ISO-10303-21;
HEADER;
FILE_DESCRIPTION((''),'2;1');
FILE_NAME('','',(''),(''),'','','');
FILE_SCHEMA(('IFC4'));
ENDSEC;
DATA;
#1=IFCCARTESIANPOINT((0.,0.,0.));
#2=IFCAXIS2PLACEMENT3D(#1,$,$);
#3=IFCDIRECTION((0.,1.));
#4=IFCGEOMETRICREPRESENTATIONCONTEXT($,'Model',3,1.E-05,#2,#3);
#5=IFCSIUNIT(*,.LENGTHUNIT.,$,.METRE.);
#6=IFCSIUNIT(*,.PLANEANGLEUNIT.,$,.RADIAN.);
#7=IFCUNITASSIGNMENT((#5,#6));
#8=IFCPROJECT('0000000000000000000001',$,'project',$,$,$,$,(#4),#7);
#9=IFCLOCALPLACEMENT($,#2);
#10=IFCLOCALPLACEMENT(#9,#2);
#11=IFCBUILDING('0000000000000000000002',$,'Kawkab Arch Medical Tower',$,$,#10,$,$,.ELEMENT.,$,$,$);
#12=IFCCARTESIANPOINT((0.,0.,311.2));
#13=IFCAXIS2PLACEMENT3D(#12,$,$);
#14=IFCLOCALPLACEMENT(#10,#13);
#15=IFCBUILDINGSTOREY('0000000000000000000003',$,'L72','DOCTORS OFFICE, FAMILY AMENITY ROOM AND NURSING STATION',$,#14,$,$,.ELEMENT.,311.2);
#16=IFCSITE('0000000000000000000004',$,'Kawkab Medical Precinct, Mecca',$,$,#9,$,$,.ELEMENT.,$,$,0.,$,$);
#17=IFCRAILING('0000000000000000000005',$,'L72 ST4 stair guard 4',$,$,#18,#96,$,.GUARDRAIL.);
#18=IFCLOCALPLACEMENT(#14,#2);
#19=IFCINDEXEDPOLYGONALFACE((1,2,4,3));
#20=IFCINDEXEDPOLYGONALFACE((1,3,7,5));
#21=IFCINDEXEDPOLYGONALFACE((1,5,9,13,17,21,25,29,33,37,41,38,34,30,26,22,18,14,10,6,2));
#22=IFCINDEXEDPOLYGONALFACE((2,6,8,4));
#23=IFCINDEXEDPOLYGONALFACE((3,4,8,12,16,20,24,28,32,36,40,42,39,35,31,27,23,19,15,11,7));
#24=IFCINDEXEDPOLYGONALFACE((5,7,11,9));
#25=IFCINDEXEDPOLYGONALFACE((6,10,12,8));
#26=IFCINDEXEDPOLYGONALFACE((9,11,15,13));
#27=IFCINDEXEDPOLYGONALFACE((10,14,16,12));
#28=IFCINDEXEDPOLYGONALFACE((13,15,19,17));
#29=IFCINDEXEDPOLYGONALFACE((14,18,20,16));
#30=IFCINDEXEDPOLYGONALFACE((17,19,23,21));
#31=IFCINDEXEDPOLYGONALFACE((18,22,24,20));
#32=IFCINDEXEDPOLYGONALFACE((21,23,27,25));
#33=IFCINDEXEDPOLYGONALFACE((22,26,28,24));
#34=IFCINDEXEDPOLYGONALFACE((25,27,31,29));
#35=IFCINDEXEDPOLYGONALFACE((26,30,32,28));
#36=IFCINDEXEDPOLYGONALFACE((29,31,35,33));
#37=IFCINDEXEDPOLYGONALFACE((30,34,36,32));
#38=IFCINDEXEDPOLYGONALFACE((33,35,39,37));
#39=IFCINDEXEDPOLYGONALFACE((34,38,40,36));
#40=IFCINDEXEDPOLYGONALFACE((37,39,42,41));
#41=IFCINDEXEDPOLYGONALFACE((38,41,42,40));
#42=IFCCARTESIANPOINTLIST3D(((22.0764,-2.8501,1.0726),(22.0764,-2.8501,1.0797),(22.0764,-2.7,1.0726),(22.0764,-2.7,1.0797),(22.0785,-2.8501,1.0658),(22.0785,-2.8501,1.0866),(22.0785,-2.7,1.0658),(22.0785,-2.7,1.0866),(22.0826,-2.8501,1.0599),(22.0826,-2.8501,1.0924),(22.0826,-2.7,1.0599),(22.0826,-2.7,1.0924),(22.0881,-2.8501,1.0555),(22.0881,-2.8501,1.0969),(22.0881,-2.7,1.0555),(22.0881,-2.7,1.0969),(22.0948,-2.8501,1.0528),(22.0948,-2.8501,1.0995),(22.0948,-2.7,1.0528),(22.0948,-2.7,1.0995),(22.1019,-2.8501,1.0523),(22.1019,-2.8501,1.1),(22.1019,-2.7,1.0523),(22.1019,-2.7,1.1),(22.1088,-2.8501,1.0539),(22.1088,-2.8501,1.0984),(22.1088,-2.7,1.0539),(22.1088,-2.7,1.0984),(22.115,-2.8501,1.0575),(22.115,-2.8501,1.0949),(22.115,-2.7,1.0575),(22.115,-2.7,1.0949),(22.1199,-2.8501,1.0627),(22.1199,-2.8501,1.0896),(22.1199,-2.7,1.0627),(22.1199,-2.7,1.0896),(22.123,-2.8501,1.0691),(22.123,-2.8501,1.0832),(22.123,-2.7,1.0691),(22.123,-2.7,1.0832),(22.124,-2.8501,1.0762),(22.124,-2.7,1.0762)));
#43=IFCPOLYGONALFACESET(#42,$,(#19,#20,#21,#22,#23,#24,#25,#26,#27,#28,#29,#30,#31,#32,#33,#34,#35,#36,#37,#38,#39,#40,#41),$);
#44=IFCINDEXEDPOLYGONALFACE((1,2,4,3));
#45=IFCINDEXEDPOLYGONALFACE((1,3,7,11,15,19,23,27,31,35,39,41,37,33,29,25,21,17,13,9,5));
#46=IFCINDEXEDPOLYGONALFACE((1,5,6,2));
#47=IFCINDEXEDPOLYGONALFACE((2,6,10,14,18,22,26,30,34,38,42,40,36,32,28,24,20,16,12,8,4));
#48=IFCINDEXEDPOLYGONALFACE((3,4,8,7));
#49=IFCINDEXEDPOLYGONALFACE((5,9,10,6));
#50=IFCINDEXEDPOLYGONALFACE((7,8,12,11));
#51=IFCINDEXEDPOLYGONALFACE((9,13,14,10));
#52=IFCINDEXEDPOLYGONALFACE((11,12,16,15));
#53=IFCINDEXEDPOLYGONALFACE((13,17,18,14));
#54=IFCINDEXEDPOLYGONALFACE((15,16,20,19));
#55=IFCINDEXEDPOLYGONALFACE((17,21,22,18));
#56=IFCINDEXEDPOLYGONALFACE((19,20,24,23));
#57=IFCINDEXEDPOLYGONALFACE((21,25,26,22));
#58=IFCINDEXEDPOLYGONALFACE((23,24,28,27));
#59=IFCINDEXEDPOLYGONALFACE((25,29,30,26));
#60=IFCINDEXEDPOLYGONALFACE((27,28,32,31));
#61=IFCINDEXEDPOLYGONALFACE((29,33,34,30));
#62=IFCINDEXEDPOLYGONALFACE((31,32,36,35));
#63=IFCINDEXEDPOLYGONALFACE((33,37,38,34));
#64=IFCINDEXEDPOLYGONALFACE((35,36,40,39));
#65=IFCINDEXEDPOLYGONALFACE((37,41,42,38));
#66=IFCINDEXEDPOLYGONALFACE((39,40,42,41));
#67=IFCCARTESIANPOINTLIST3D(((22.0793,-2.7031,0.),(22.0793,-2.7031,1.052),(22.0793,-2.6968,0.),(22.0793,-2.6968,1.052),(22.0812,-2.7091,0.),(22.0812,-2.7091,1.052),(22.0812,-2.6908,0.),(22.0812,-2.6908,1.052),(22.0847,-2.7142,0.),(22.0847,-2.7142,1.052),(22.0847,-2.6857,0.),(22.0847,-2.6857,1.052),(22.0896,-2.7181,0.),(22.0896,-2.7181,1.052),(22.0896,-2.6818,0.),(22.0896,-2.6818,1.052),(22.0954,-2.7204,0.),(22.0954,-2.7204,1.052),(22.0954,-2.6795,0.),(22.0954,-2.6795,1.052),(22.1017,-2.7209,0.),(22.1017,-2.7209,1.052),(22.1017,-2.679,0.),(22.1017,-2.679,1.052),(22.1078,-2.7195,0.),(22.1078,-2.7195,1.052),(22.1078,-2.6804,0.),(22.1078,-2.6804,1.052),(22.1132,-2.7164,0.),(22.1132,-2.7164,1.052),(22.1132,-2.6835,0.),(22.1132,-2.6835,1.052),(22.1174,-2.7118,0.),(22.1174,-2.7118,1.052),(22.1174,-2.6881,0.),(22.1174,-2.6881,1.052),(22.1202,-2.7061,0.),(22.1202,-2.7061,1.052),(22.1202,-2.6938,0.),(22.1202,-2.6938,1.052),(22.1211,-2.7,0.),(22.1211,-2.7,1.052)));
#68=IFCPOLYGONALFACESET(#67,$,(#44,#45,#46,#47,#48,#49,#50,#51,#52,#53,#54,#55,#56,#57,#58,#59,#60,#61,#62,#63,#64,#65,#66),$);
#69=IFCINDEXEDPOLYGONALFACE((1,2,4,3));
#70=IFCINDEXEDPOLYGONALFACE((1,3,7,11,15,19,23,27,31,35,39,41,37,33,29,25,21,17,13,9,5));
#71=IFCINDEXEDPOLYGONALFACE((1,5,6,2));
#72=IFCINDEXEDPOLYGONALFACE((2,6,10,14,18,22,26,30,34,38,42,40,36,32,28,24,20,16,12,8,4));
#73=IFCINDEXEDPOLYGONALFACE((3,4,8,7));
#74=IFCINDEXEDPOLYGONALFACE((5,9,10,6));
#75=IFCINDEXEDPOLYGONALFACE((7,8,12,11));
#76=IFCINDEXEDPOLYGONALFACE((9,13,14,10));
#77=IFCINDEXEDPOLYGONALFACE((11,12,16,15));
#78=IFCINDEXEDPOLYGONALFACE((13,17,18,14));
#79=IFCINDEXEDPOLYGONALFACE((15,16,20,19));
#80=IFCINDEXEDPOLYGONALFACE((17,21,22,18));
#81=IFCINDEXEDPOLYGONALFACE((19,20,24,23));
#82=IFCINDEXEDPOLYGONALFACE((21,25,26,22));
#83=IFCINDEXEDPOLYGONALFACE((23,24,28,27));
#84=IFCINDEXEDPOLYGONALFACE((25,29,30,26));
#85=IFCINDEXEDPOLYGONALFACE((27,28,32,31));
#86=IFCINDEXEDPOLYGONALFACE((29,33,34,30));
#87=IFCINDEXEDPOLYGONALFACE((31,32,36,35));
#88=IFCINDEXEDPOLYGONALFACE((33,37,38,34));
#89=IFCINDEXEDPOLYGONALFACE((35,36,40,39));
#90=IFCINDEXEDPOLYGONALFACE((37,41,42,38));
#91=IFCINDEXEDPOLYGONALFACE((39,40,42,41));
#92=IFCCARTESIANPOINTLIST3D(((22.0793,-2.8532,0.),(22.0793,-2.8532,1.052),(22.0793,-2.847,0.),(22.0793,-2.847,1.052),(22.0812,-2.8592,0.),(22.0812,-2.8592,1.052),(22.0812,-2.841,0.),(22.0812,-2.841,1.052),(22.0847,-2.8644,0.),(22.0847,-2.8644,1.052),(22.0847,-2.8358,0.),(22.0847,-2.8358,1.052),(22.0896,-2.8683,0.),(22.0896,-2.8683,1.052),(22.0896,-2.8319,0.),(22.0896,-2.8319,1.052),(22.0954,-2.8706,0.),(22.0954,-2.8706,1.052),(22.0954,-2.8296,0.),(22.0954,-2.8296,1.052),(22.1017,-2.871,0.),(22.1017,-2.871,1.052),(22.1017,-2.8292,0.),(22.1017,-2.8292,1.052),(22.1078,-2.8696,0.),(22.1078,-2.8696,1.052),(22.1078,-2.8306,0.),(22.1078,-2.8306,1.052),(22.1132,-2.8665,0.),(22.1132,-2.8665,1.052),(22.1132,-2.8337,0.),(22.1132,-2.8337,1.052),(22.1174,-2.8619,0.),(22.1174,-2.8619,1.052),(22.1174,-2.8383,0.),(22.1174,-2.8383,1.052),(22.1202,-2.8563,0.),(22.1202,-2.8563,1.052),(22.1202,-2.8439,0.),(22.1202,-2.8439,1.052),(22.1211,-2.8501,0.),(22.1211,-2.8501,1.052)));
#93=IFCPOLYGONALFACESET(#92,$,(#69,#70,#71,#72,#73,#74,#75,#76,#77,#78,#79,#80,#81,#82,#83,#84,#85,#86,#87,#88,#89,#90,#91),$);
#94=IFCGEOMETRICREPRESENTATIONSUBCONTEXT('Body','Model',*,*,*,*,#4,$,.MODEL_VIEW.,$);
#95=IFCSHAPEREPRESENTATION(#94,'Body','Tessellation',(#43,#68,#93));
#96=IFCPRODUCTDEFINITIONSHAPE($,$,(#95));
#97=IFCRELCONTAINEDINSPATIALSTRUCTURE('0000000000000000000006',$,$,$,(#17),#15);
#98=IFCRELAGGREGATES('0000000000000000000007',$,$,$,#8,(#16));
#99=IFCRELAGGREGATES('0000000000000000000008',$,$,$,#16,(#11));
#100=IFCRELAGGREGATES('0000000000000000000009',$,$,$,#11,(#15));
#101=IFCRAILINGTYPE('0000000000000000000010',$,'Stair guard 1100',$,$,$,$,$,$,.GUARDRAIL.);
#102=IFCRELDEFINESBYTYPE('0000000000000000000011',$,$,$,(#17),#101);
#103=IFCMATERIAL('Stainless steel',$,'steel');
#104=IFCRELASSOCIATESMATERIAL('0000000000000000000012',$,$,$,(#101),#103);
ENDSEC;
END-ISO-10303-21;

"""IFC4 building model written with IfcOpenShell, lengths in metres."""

from ifc_helpers import new_model, si_unit, direction, frame, origin, origin_2d, place, context, subcontext, project, spatial, circle, extrude, material, type_object, element, save


model = new_model("IFC4")

# Units and contexts
model_context = context("Model", 3, precision=1e-05, world=origin(), true_north=direction((0.0, 1.0)))
body_context = subcontext(model_context, "Body", "Model", "MODEL_VIEW")
ifc_project = project(units=[si_unit("LENGTHUNIT", "METRE"), si_unit("PLANEANGLEUNIT", "RADIAN")], contexts=[model_context])

# Site, building, storey
site_placement = place(None, origin())
site = spatial("IfcSite", under=ifc_project, at=site_placement, Name="Kawkab Medical Precinct, Mecca", CompositionType="ELEMENT", RefElevation=0.0)
building_placement = place(site_placement, origin())
building = spatial("IfcBuilding", under=site, at=building_placement, Name="Kawkab Arch Medical Tower", CompositionType="ELEMENT")
storey_placement = place(building_placement, frame((0.0, 0.0, 311.2)))
storey = spatial("IfcBuildingStorey", under=building, at=storey_placement, Name="L72", Description="DOCTORS OFFICE, FAMILY AMENITY ROOM AND NURSING STATION", CompositionType="ELEMENT", Elevation=311.2)

# Railing
ifc_material_1 = material(Name="Stainless steel", Category="steel")
railing_type_1 = type_object("IfcRailingType", Name="Stair guard 1100", PredefinedType="GUARDRAIL", material=ifc_material_1)
railing_1_placement = place(storey_placement, frame((22.1001, -2.7, 0.0)))
element("IfcRailing", 1, at=railing_1_placement, inside=storey, type_object=railing_type_1, Name="L72 ST4 stair guard 4", PredefinedType="GUARDRAIL", context=body_context, shape_type="SweptSolid", body=[
    extrude(circle(Radius=0.0239, at=origin_2d()), frame((0.0, 0.0, 1.0762), z_axis=(0.0, -1.0, 0.0), x_axis=(1.0, 0.0, 0.0)), (0.0, 0.0, 1.0), 0.1501),
    extrude(circle(Radius=0.021, at=origin_2d()), origin(), (0.0, 0.0, 1.0), 1.052),
    extrude(circle(Radius=0.021, at=origin_2d()), frame((0.0, -0.1501, 0.0)), (0.0, 0.0, 1.0), 1.052),
])

save(model, "model.ifc")
